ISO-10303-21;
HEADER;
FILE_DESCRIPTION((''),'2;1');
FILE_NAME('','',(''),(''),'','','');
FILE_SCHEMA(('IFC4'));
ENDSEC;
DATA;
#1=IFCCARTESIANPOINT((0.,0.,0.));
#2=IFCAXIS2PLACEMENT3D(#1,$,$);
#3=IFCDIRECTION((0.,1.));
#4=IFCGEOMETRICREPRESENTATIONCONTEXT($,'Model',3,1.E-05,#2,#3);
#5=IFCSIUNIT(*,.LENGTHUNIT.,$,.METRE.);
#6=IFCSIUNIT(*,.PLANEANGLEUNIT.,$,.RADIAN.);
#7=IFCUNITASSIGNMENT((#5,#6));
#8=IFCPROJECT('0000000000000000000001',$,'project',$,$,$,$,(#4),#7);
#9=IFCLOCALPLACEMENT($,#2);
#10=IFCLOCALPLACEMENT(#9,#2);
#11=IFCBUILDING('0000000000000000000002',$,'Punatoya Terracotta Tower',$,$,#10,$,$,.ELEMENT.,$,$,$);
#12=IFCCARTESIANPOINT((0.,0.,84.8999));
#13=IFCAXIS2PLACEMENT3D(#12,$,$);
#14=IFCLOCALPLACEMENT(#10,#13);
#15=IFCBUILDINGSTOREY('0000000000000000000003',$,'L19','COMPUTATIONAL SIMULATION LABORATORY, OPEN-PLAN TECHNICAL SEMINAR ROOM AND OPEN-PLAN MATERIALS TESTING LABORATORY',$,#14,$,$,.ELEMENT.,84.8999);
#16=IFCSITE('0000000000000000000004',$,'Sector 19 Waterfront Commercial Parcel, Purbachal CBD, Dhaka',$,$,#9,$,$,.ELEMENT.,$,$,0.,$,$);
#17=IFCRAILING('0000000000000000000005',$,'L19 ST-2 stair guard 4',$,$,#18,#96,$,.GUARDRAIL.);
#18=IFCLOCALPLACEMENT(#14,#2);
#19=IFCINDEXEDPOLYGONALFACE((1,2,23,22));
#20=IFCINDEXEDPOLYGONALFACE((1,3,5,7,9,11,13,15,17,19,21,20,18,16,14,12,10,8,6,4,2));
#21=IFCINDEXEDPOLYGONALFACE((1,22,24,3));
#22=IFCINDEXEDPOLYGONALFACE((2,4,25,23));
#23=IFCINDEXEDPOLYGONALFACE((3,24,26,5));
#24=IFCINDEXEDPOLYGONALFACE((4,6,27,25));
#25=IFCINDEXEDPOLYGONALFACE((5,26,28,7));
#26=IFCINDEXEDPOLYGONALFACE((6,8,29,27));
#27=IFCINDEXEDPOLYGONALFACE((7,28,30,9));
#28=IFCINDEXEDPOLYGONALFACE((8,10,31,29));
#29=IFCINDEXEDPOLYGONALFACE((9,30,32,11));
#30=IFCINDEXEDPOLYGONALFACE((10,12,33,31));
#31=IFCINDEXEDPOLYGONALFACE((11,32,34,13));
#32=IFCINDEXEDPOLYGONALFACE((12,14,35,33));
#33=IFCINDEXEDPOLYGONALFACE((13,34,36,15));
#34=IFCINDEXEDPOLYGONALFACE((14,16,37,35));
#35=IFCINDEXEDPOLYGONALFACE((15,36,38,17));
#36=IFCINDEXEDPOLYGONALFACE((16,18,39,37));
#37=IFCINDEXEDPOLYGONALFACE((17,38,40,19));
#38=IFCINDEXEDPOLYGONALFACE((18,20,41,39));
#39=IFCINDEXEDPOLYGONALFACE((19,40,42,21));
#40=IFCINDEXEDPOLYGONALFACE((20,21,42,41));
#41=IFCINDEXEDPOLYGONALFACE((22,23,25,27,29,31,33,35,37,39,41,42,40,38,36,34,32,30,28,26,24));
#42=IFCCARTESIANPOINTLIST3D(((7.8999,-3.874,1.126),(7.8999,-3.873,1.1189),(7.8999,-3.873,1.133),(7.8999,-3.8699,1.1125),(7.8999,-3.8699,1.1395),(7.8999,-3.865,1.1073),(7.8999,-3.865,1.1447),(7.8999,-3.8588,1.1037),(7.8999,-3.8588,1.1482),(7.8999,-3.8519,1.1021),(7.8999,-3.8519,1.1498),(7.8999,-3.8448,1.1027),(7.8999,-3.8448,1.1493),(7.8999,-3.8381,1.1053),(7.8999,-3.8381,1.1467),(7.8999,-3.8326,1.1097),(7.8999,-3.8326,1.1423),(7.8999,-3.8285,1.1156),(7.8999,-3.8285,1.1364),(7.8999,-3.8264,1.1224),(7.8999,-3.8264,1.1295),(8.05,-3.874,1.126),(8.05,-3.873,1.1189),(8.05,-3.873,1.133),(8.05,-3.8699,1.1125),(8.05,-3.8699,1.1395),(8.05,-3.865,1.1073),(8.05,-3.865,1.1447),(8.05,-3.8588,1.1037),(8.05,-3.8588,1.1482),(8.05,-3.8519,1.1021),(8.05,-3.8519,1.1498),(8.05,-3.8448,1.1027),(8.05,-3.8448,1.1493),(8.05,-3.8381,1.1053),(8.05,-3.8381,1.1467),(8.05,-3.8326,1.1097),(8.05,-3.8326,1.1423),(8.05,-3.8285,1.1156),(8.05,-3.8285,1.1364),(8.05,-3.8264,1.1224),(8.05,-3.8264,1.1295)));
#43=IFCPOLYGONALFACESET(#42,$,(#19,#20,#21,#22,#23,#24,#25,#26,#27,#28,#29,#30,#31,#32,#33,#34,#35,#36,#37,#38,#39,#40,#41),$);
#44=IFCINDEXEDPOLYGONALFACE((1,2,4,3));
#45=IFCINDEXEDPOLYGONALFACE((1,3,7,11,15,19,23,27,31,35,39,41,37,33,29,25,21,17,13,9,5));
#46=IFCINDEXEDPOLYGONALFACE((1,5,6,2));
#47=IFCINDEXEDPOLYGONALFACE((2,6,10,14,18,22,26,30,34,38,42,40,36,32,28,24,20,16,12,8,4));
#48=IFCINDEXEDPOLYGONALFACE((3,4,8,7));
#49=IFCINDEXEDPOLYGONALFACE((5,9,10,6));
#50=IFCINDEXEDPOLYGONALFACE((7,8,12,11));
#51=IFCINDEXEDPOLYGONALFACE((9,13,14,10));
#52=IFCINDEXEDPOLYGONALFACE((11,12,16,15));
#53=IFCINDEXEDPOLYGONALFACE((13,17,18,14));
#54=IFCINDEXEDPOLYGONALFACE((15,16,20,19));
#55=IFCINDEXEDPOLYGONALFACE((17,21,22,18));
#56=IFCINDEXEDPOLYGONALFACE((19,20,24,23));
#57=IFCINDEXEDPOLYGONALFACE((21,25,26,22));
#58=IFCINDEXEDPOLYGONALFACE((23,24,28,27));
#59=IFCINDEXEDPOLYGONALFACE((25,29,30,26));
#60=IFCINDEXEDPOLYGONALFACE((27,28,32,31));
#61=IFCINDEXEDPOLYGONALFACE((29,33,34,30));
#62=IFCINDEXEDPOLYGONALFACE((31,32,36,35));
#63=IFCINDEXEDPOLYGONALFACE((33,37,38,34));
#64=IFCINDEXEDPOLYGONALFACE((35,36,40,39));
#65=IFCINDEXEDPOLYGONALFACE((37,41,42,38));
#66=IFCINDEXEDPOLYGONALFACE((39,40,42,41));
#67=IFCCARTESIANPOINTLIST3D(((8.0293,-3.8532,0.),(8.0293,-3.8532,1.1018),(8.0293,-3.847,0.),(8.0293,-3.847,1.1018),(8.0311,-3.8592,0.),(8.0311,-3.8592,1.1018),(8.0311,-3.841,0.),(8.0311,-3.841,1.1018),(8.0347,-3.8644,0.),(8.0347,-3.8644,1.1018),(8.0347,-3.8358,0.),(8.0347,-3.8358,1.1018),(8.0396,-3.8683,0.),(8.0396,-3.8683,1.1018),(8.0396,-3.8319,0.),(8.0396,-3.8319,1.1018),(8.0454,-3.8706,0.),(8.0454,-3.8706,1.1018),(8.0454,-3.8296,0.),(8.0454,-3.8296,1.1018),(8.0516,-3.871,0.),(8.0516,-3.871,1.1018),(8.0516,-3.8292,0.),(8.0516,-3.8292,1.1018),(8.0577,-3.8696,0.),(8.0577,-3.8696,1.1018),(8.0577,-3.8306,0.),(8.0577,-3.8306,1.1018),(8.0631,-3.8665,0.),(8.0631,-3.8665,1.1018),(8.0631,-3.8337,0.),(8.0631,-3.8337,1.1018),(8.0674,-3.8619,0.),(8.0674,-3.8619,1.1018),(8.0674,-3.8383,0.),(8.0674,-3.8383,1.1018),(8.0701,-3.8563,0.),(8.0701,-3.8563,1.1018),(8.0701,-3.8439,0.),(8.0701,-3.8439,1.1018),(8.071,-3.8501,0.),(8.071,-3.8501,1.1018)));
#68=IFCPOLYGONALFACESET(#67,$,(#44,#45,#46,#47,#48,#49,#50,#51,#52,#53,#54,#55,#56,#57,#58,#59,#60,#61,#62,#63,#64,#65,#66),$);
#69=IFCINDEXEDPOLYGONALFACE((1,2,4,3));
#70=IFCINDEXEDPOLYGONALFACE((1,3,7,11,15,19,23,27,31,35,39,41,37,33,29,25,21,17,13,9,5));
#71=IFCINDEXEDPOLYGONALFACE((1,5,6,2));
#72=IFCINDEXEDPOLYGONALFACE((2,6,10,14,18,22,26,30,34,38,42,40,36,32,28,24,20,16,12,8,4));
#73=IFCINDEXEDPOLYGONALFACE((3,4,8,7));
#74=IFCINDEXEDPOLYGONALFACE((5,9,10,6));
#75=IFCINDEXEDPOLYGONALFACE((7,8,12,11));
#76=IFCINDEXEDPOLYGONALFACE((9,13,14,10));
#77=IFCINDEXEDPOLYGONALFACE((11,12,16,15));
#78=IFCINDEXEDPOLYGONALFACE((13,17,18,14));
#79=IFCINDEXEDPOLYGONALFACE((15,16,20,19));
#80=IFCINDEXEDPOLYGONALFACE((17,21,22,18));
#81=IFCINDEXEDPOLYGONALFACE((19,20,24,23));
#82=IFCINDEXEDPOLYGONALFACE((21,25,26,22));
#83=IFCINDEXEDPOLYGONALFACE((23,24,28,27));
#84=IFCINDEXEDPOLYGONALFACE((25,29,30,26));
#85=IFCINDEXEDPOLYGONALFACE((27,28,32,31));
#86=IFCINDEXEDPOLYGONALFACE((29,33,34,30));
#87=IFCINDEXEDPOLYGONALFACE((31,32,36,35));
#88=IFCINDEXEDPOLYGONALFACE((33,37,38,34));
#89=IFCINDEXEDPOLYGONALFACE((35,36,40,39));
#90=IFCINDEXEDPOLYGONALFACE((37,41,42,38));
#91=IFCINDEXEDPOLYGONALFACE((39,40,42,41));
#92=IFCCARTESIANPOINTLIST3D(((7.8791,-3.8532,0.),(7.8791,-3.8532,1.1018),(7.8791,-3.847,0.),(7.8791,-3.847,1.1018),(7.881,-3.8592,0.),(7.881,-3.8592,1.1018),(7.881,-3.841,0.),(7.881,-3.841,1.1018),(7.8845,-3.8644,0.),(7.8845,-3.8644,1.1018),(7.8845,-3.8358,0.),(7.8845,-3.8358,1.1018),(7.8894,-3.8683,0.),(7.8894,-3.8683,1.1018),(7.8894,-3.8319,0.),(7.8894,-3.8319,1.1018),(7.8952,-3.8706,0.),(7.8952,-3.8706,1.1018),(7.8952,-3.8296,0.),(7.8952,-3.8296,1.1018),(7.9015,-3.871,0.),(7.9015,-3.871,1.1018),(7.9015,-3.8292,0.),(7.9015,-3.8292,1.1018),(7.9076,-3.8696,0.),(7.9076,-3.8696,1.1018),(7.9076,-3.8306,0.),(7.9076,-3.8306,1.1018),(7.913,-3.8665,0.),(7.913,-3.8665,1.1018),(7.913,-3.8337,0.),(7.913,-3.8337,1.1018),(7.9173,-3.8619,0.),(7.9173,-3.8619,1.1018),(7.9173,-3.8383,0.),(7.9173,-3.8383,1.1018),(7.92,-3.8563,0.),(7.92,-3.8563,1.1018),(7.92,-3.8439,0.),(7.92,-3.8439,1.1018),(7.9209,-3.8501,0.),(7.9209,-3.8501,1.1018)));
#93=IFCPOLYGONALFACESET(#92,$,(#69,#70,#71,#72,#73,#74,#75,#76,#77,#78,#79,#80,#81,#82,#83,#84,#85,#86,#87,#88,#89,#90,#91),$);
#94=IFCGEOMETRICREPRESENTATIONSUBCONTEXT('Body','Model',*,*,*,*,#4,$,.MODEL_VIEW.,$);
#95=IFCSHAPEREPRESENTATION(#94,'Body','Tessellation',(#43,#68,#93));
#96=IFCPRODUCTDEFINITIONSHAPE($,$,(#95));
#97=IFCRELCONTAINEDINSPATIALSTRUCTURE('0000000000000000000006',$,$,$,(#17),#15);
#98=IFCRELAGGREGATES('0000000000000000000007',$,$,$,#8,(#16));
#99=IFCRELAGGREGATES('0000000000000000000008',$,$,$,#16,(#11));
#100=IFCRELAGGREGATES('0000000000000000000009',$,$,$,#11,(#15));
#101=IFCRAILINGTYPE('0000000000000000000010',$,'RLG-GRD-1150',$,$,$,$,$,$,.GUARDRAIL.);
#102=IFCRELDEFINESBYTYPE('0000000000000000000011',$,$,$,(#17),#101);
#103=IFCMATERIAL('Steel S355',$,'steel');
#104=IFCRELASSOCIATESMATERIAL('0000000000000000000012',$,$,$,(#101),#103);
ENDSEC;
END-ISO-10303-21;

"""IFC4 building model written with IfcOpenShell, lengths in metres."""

from ifc_helpers import new_model, si_unit, direction, frame, origin, origin_2d, place, context, subcontext, project, spatial, circle, extrude, material, type_object, element, save


model = new_model("IFC4")

# Units and contexts
model_context = context("Model", 3, precision=1e-05, world=origin(), true_north=direction((0.0, 1.0)))
body_context = subcontext(model_context, "Body", "Model", "MODEL_VIEW")
ifc_project = project(units=[si_unit("LENGTHUNIT", "METRE"), si_unit("PLANEANGLEUNIT", "RADIAN")], contexts=[model_context])

# Site, building, storey
site_placement = place(None, origin())
site = spatial("IfcSite", under=ifc_project, at=site_placement, Name="Sector 19 Waterfront Commercial Parcel, Purbachal CBD, Dhaka", CompositionType="ELEMENT", RefElevation=0.0)
building_placement = place(site_placement, origin())
building = spatial("IfcBuilding", under=site, at=building_placement, Name="Punatoya Terracotta Tower", CompositionType="ELEMENT")
storey_placement = place(building_placement, frame((0.0, 0.0, 84.8999)))
storey = spatial("IfcBuildingStorey", under=building, at=storey_placement, Name="L19", Description="COMPUTATIONAL SIMULATION LABORATORY, OPEN-PLAN TECHNICAL SEMINAR ROOM AND OPEN-PLAN MATERIALS TESTING LABORATORY", CompositionType="ELEMENT", Elevation=84.8999)

# Railing
ifc_material_1 = material(Name="Steel S355", Category="steel")
railing_type_1 = type_object("IfcRailingType", Name="RLG-GRD-1150", PredefinedType="GUARDRAIL", material=ifc_material_1)
railing_1_placement = place(storey_placement, frame((8.05, -3.8501, 0.0)))
element("IfcRailing", 1, at=railing_1_placement, inside=storey, type_object=railing_type_1, Name="L19 ST-2 stair guard 4", PredefinedType="GUARDRAIL", context=body_context, shape_type="SweptSolid", body=[
    extrude(circle(Radius=0.0239, at=origin_2d()), frame((0.0, 0.0, 1.126), z_axis=(-1.0, 0.0, 0.0), x_axis=(0.0, -1.0, 0.0)), (0.0, 0.0, 1.0), 0.1501),
    extrude(circle(Radius=0.021, at=origin_2d()), origin(), (0.0, 0.0, 1.0), 1.1018),
    extrude(circle(Radius=0.021, at=origin_2d()), frame((-0.1501, 0.0, 0.0)), (0.0, 0.0, 1.0), 1.1018),
])

save(model, "model.ifc")
